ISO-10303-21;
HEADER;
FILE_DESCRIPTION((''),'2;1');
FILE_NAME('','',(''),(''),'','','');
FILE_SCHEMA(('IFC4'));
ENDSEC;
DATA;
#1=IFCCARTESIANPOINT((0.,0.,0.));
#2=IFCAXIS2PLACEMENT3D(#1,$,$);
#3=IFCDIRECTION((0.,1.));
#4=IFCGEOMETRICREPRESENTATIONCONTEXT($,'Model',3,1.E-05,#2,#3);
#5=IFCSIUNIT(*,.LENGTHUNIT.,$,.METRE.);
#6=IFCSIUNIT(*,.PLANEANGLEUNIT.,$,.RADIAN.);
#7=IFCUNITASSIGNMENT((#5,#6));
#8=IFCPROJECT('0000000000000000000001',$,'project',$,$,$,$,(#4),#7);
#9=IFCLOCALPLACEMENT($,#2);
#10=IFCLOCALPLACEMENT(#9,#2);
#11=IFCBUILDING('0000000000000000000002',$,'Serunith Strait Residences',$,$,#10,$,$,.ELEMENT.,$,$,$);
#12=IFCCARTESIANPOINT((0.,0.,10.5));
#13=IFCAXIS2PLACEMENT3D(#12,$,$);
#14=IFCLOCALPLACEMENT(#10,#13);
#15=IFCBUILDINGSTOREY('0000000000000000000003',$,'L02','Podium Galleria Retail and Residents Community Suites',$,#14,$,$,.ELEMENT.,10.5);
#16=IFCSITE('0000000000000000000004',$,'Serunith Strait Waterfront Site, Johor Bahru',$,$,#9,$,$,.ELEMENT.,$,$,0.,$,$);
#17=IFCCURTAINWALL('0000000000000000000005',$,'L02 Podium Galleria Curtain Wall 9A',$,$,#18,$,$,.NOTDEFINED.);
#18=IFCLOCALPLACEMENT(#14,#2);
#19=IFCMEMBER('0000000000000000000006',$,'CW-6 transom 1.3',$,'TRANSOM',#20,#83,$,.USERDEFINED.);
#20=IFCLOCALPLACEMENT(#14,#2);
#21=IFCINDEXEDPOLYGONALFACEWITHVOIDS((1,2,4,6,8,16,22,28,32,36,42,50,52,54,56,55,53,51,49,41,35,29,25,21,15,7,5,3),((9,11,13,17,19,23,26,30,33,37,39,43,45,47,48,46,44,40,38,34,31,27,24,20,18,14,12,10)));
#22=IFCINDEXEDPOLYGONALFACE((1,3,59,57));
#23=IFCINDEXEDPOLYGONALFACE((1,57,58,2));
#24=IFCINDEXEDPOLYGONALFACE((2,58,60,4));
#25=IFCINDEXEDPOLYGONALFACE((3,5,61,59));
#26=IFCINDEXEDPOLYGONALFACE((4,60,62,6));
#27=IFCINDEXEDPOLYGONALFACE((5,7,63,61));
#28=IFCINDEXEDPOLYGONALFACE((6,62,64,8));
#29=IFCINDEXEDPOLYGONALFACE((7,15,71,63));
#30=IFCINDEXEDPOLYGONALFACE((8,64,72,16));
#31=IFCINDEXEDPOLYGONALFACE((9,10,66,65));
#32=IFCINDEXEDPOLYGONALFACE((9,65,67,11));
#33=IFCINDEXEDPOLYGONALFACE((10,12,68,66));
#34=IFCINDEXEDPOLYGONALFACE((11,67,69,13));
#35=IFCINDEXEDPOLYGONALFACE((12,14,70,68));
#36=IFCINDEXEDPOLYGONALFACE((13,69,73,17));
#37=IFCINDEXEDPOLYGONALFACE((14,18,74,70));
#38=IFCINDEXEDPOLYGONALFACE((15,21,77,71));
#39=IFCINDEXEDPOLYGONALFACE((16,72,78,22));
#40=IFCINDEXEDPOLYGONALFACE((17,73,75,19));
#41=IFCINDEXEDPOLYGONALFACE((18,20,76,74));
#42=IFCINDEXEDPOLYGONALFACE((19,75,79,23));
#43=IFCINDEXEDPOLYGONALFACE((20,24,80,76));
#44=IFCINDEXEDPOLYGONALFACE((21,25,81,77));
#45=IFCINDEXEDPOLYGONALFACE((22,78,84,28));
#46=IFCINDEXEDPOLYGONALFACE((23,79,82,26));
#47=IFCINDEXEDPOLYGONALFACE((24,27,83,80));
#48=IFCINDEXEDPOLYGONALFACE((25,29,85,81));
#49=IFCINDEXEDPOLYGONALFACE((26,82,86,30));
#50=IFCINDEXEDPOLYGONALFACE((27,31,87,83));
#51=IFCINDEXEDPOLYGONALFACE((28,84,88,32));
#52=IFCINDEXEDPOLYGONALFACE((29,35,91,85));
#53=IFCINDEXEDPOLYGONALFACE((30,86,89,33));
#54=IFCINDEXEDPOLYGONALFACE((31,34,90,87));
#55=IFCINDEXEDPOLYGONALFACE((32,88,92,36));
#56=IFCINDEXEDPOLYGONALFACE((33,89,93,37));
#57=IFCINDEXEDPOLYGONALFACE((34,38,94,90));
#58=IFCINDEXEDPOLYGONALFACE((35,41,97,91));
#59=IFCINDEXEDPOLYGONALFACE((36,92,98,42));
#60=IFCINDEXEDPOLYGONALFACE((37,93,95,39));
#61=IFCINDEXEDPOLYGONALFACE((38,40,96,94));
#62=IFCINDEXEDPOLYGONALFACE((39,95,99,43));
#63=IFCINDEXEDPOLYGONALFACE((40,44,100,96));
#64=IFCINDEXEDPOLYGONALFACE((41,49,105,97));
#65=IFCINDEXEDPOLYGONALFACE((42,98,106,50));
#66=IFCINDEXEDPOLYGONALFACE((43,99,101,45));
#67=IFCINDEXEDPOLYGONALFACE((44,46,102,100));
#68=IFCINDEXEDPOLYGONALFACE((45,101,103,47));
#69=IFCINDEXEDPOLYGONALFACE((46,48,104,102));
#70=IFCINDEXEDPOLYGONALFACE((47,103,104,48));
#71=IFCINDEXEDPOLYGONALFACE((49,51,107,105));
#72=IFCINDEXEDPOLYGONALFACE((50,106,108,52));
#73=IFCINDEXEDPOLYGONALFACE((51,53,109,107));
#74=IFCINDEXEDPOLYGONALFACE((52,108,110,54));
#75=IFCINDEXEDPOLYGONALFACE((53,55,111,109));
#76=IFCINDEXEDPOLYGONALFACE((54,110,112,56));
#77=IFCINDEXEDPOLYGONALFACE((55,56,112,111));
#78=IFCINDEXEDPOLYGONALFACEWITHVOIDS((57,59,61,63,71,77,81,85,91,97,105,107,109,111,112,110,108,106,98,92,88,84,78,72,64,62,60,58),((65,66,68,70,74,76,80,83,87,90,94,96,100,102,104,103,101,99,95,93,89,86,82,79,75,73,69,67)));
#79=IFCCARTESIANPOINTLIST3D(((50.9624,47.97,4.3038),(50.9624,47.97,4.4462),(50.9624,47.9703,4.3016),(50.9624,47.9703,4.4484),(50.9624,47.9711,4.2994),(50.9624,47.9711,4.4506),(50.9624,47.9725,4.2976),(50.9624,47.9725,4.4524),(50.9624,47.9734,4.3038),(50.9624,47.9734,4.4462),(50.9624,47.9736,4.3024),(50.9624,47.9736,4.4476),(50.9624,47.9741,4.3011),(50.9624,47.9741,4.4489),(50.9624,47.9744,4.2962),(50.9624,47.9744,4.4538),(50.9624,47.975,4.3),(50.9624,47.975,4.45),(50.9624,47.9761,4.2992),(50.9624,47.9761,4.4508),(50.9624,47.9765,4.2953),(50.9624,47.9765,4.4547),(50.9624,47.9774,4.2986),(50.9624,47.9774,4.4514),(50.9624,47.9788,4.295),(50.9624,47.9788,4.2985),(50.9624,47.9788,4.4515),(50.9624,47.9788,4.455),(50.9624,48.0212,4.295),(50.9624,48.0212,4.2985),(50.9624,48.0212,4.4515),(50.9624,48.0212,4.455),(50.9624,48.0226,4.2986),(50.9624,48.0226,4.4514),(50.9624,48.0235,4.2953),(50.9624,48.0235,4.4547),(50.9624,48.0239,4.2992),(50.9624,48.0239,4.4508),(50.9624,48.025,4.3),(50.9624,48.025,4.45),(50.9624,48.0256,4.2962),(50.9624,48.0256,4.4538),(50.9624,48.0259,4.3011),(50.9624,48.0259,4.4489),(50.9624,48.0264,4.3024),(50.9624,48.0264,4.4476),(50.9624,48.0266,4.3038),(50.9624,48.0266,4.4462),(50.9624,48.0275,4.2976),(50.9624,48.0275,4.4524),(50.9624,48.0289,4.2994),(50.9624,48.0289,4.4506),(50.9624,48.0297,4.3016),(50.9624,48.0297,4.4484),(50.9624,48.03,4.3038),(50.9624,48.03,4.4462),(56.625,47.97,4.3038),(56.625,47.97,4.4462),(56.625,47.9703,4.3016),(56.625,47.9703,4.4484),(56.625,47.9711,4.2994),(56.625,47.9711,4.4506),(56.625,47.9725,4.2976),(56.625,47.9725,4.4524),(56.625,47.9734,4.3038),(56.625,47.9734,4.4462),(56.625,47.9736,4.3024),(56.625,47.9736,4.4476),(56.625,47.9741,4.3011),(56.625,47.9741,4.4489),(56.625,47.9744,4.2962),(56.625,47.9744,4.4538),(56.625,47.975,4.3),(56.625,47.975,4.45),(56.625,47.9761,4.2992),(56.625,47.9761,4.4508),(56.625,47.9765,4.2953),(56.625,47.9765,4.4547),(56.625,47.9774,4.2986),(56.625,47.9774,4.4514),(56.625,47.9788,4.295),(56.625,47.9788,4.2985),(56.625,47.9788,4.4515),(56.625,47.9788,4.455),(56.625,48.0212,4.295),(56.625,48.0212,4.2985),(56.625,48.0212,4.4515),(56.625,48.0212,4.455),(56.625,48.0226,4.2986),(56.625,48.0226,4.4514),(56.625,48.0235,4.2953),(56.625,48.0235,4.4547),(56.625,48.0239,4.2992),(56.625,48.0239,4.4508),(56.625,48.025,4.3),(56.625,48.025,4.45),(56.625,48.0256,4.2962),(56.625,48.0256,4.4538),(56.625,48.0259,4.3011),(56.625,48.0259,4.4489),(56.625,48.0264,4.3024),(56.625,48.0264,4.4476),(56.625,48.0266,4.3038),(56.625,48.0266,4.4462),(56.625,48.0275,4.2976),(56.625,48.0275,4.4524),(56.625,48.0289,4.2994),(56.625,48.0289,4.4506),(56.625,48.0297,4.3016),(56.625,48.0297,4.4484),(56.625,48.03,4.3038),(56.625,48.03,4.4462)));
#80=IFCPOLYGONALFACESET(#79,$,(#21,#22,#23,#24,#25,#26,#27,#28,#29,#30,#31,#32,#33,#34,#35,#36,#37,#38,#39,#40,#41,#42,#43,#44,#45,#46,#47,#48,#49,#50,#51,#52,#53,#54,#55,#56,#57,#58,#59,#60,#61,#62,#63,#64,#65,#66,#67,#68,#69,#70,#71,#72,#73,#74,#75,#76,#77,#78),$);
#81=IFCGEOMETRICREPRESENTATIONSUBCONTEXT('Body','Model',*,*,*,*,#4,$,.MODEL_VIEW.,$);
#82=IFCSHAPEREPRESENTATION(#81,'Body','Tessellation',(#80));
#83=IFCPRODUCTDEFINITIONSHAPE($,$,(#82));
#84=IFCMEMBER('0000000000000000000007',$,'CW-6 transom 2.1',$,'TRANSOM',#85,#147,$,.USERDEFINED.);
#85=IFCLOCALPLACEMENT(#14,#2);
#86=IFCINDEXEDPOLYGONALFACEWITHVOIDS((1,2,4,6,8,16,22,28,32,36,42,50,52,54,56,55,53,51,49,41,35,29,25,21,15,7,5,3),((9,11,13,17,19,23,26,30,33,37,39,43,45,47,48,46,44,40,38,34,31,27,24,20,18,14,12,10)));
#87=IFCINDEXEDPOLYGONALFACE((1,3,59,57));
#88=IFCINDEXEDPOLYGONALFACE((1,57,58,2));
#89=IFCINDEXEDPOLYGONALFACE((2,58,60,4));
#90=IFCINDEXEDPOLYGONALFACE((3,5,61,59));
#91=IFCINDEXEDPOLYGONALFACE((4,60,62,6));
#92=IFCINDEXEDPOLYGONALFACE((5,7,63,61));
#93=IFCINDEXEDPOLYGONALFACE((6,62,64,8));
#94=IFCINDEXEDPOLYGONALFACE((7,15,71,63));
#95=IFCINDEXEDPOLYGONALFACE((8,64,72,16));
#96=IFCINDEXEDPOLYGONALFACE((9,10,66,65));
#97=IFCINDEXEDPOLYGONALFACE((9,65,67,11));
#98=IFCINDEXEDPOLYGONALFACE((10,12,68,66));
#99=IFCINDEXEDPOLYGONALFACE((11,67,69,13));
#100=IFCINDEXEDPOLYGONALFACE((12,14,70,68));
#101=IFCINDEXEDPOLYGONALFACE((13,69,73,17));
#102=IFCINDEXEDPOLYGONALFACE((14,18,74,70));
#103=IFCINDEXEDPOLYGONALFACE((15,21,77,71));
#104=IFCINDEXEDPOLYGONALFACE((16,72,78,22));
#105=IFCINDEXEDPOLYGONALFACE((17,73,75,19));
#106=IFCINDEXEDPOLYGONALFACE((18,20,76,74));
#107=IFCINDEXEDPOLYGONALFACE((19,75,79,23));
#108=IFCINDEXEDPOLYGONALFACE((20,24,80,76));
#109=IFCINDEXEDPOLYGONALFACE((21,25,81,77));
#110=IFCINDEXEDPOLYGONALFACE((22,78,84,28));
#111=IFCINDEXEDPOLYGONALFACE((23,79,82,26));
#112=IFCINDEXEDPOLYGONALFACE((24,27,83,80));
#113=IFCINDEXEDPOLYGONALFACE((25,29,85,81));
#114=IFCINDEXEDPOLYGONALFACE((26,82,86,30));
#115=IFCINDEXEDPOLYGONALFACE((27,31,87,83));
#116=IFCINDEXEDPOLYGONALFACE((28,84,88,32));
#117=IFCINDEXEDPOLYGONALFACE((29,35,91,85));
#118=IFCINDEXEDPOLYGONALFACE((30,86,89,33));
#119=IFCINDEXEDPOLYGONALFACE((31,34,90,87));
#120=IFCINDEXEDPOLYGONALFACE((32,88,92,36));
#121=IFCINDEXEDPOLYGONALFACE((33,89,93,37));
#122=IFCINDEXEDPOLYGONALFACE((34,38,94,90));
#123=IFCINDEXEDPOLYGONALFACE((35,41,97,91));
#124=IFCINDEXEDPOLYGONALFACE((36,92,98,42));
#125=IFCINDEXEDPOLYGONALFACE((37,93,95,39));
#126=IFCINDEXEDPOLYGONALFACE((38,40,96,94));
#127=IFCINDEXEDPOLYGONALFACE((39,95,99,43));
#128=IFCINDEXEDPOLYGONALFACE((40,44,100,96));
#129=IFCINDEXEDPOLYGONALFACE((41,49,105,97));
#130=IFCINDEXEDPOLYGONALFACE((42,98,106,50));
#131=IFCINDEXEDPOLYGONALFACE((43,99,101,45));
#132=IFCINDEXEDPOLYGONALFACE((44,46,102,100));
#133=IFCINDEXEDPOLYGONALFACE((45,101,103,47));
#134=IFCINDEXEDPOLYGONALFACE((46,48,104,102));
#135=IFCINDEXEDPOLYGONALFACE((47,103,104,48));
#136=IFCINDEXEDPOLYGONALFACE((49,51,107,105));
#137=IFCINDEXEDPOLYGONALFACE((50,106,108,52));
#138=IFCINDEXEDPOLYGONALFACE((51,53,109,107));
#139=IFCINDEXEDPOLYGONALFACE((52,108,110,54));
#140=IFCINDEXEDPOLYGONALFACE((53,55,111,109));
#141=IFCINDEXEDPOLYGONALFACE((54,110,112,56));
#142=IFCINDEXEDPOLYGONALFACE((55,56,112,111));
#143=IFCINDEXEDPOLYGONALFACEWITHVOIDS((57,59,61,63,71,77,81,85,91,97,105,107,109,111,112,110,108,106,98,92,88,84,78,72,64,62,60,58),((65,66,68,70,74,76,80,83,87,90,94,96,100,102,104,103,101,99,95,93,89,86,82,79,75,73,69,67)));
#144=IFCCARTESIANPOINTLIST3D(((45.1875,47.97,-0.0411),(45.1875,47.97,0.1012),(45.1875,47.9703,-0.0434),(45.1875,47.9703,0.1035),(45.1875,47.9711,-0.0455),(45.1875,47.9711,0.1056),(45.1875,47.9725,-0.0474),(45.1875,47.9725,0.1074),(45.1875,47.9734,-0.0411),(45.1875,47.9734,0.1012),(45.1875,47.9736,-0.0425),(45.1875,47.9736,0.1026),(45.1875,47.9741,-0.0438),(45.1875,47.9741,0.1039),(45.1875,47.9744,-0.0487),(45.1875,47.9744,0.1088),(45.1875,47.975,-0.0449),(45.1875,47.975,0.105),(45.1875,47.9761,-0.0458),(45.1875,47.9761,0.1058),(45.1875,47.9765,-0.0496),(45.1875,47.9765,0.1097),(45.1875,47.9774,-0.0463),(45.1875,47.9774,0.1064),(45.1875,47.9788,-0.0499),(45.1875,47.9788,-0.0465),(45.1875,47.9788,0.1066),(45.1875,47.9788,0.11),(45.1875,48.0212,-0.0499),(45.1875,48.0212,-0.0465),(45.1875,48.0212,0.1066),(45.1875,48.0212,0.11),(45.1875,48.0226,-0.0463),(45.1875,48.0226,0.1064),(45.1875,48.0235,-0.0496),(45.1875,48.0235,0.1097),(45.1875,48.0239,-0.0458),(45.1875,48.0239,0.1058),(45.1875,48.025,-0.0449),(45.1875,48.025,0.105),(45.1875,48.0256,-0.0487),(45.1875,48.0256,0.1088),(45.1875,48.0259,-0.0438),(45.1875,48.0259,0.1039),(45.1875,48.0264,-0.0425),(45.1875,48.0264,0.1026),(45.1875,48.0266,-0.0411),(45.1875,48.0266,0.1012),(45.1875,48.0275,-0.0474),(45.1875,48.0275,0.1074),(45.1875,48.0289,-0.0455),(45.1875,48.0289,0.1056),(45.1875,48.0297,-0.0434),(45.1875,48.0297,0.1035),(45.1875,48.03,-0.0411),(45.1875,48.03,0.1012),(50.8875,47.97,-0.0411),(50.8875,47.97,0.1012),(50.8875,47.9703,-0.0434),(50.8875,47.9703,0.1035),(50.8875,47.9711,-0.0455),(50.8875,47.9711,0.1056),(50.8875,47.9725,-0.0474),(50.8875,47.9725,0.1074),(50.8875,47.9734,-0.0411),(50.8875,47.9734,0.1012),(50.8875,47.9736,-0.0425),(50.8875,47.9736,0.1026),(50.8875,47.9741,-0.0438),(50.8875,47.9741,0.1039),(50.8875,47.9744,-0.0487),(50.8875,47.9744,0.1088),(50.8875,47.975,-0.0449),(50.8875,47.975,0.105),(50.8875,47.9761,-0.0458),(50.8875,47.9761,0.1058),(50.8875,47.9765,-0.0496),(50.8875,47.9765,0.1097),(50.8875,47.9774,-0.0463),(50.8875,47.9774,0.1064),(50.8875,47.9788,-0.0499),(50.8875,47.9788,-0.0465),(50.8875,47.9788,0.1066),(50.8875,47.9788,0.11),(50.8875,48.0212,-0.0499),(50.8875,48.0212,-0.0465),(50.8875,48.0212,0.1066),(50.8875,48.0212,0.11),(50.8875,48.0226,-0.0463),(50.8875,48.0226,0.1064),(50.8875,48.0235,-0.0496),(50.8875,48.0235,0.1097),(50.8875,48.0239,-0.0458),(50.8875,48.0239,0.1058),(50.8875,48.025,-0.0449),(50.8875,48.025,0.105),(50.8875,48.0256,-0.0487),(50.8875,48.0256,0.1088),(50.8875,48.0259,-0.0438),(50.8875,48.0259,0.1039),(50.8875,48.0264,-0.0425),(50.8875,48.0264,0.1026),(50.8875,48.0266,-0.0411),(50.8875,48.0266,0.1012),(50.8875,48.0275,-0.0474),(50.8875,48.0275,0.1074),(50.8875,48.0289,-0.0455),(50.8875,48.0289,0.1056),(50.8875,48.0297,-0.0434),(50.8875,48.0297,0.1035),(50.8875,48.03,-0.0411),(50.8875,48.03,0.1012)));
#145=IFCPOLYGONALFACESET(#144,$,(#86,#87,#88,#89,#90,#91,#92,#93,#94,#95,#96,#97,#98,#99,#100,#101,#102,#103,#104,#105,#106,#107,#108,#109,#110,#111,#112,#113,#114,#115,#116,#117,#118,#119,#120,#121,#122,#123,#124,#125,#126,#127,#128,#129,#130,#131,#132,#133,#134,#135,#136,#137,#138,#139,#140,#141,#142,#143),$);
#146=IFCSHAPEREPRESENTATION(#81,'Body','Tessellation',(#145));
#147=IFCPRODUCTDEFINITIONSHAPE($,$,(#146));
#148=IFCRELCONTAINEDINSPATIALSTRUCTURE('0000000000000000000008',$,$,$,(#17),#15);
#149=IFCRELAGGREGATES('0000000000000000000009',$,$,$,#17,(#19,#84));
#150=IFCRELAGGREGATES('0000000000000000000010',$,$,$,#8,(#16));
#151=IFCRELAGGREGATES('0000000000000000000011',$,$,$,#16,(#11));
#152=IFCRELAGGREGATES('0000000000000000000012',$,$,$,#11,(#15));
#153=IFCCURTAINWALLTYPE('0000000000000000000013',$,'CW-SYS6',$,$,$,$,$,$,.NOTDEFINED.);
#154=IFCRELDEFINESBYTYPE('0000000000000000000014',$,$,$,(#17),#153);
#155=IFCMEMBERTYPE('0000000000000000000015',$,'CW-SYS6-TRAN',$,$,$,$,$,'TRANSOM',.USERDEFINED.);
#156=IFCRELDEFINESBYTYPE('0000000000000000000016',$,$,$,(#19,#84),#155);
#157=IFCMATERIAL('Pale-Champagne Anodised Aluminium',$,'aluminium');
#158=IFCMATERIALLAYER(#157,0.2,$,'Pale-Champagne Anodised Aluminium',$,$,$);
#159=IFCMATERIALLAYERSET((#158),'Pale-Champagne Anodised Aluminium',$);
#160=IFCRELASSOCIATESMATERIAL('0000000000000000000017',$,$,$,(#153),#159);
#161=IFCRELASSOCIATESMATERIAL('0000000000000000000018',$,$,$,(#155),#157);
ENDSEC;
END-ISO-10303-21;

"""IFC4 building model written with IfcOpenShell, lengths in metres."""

from ifc_helpers import new_model, si_unit, direction, frame, origin, origin_2d, place, context, subcontext, project, spatial, hollow_rectangle, extrude, source, transform, mapped, material, layer, layer_set, material_profile, profile_set, type_object, element, aggregate, save


model = new_model("IFC4")

# Units and contexts
model_context = context("Model", 3, precision=1e-05, world=origin(), true_north=direction((0.0, 1.0)))
body_context = subcontext(model_context, "Body", "Model", "MODEL_VIEW")
ifc_project = project(units=[si_unit("LENGTHUNIT", "METRE"), si_unit("PLANEANGLEUNIT", "RADIAN")], contexts=[model_context])

# Site, building, storey
site_placement = place(None, origin())
site = spatial("IfcSite", under=ifc_project, at=site_placement, Name="Serunith Strait Waterfront Site, Johor Bahru", CompositionType="ELEMENT", RefElevation=0.0)
building_placement = place(site_placement, origin())
building = spatial("IfcBuilding", under=site, at=building_placement, Name="Serunith Strait Residences", CompositionType="ELEMENT")
storey_placement = place(building_placement, frame((0.0, 0.0, 10.5)))
storey = spatial("IfcBuildingStorey", under=building, at=storey_placement, Name="L02", Description="Podium Galleria Retail and Residents Community Suites", CompositionType="ELEMENT", Elevation=10.5)

# Curtain wall, members
ifc_material_1 = material(Name="Pale-Champagne Anodised Aluminium", Category="aluminium")
ifc_layer_1 = layer(ifc_material_1, 0.2, Name="Pale-Champagne Anodised Aluminium")
ifc_layer_set_1 = layer_set([ifc_layer_1], Name="Pale-Champagne Anodised Aluminium")
curtain_wall_type = type_object("IfcCurtainWallType", Name="CW-SYS6", PredefinedType="NOTDEFINED", material=ifc_layer_set_1)
curtain_wall_placement = place(storey_placement, origin())
curtain_wall = element("IfcCurtainWall", 1, at=curtain_wall_placement, inside=storey, type_object=curtain_wall_type, Name="L02 Podium Galleria Curtain Wall 9A", PredefinedType="NOTDEFINED")
ifc_material_profile_1 = material_profile(ifc_material_1, hollow_rectangle(XDim=0.0601, YDim=0.1599, WallThickness=0.0034, InnerFilletRadius=0.0054, OuterFilletRadius=0.0088, at=origin_2d()), Name="ALU 160x60x3.5")
ifc_profile_set_1 = profile_set([ifc_material_profile_1], Name="Pale-Champagne Anodised Aluminium")
member_type_1 = type_object("IfcMemberType", Name="CW-SYS6-TRAN", ElementType="TRANSOM", PredefinedType="USERDEFINED", material=ifc_profile_set_1)
shared_shape_1 = source(origin(), body_context, "Body", "SweptSolid", [
    extrude(hollow_rectangle(XDim=0.0601, YDim=0.1599, WallThickness=0.0034, InnerFilletRadius=0.0054, OuterFilletRadius=0.0088, at=origin_2d()), origin(), (0.0, 0.0, 1.0), 5.6626),
])
member_1_placement = place(storey_placement, frame((56.625, 48.0, 4.375), z_axis=(-1.0, 0.0, 0.0), x_axis=(0.0, -1.0, 0.0)))
member_1 = element("IfcMember", 2, at=member_1_placement, type_object=member_type_1, Name="CW-6 transom 1.3", ObjectType="TRANSOM", PredefinedType="USERDEFINED", context=body_context, shape_type="MappedRepresentation", body=[
    mapped(shared_shape_1, transform((0.0, 0.0, 0.0), scale=1.0)),
])
shared_shape_2 = source(origin(), body_context, "Body", "SweptSolid", [
    extrude(hollow_rectangle(XDim=0.0601, YDim=0.1599, WallThickness=0.0034, InnerFilletRadius=0.0054, OuterFilletRadius=0.0088, at=origin_2d()), origin(), (0.0, 0.0, 1.0), 5.7),
])
member_2_placement = place(storey_placement, frame((50.8875, 48.0, 0.03), z_axis=(-1.0, 0.0, 0.0), x_axis=(0.0, -1.0, 0.0)))
member_2 = element("IfcMember", 3, at=member_2_placement, type_object=member_type_1, Name="CW-6 transom 2.1", ObjectType="TRANSOM", PredefinedType="USERDEFINED", context=body_context, shape_type="MappedRepresentation", body=[
    mapped(shared_shape_2, transform((0.0, 0.0, 0.0), scale=1.0)),
])
aggregate(curtain_wall, [member_1, member_2])

save(model, "model.ifc")
